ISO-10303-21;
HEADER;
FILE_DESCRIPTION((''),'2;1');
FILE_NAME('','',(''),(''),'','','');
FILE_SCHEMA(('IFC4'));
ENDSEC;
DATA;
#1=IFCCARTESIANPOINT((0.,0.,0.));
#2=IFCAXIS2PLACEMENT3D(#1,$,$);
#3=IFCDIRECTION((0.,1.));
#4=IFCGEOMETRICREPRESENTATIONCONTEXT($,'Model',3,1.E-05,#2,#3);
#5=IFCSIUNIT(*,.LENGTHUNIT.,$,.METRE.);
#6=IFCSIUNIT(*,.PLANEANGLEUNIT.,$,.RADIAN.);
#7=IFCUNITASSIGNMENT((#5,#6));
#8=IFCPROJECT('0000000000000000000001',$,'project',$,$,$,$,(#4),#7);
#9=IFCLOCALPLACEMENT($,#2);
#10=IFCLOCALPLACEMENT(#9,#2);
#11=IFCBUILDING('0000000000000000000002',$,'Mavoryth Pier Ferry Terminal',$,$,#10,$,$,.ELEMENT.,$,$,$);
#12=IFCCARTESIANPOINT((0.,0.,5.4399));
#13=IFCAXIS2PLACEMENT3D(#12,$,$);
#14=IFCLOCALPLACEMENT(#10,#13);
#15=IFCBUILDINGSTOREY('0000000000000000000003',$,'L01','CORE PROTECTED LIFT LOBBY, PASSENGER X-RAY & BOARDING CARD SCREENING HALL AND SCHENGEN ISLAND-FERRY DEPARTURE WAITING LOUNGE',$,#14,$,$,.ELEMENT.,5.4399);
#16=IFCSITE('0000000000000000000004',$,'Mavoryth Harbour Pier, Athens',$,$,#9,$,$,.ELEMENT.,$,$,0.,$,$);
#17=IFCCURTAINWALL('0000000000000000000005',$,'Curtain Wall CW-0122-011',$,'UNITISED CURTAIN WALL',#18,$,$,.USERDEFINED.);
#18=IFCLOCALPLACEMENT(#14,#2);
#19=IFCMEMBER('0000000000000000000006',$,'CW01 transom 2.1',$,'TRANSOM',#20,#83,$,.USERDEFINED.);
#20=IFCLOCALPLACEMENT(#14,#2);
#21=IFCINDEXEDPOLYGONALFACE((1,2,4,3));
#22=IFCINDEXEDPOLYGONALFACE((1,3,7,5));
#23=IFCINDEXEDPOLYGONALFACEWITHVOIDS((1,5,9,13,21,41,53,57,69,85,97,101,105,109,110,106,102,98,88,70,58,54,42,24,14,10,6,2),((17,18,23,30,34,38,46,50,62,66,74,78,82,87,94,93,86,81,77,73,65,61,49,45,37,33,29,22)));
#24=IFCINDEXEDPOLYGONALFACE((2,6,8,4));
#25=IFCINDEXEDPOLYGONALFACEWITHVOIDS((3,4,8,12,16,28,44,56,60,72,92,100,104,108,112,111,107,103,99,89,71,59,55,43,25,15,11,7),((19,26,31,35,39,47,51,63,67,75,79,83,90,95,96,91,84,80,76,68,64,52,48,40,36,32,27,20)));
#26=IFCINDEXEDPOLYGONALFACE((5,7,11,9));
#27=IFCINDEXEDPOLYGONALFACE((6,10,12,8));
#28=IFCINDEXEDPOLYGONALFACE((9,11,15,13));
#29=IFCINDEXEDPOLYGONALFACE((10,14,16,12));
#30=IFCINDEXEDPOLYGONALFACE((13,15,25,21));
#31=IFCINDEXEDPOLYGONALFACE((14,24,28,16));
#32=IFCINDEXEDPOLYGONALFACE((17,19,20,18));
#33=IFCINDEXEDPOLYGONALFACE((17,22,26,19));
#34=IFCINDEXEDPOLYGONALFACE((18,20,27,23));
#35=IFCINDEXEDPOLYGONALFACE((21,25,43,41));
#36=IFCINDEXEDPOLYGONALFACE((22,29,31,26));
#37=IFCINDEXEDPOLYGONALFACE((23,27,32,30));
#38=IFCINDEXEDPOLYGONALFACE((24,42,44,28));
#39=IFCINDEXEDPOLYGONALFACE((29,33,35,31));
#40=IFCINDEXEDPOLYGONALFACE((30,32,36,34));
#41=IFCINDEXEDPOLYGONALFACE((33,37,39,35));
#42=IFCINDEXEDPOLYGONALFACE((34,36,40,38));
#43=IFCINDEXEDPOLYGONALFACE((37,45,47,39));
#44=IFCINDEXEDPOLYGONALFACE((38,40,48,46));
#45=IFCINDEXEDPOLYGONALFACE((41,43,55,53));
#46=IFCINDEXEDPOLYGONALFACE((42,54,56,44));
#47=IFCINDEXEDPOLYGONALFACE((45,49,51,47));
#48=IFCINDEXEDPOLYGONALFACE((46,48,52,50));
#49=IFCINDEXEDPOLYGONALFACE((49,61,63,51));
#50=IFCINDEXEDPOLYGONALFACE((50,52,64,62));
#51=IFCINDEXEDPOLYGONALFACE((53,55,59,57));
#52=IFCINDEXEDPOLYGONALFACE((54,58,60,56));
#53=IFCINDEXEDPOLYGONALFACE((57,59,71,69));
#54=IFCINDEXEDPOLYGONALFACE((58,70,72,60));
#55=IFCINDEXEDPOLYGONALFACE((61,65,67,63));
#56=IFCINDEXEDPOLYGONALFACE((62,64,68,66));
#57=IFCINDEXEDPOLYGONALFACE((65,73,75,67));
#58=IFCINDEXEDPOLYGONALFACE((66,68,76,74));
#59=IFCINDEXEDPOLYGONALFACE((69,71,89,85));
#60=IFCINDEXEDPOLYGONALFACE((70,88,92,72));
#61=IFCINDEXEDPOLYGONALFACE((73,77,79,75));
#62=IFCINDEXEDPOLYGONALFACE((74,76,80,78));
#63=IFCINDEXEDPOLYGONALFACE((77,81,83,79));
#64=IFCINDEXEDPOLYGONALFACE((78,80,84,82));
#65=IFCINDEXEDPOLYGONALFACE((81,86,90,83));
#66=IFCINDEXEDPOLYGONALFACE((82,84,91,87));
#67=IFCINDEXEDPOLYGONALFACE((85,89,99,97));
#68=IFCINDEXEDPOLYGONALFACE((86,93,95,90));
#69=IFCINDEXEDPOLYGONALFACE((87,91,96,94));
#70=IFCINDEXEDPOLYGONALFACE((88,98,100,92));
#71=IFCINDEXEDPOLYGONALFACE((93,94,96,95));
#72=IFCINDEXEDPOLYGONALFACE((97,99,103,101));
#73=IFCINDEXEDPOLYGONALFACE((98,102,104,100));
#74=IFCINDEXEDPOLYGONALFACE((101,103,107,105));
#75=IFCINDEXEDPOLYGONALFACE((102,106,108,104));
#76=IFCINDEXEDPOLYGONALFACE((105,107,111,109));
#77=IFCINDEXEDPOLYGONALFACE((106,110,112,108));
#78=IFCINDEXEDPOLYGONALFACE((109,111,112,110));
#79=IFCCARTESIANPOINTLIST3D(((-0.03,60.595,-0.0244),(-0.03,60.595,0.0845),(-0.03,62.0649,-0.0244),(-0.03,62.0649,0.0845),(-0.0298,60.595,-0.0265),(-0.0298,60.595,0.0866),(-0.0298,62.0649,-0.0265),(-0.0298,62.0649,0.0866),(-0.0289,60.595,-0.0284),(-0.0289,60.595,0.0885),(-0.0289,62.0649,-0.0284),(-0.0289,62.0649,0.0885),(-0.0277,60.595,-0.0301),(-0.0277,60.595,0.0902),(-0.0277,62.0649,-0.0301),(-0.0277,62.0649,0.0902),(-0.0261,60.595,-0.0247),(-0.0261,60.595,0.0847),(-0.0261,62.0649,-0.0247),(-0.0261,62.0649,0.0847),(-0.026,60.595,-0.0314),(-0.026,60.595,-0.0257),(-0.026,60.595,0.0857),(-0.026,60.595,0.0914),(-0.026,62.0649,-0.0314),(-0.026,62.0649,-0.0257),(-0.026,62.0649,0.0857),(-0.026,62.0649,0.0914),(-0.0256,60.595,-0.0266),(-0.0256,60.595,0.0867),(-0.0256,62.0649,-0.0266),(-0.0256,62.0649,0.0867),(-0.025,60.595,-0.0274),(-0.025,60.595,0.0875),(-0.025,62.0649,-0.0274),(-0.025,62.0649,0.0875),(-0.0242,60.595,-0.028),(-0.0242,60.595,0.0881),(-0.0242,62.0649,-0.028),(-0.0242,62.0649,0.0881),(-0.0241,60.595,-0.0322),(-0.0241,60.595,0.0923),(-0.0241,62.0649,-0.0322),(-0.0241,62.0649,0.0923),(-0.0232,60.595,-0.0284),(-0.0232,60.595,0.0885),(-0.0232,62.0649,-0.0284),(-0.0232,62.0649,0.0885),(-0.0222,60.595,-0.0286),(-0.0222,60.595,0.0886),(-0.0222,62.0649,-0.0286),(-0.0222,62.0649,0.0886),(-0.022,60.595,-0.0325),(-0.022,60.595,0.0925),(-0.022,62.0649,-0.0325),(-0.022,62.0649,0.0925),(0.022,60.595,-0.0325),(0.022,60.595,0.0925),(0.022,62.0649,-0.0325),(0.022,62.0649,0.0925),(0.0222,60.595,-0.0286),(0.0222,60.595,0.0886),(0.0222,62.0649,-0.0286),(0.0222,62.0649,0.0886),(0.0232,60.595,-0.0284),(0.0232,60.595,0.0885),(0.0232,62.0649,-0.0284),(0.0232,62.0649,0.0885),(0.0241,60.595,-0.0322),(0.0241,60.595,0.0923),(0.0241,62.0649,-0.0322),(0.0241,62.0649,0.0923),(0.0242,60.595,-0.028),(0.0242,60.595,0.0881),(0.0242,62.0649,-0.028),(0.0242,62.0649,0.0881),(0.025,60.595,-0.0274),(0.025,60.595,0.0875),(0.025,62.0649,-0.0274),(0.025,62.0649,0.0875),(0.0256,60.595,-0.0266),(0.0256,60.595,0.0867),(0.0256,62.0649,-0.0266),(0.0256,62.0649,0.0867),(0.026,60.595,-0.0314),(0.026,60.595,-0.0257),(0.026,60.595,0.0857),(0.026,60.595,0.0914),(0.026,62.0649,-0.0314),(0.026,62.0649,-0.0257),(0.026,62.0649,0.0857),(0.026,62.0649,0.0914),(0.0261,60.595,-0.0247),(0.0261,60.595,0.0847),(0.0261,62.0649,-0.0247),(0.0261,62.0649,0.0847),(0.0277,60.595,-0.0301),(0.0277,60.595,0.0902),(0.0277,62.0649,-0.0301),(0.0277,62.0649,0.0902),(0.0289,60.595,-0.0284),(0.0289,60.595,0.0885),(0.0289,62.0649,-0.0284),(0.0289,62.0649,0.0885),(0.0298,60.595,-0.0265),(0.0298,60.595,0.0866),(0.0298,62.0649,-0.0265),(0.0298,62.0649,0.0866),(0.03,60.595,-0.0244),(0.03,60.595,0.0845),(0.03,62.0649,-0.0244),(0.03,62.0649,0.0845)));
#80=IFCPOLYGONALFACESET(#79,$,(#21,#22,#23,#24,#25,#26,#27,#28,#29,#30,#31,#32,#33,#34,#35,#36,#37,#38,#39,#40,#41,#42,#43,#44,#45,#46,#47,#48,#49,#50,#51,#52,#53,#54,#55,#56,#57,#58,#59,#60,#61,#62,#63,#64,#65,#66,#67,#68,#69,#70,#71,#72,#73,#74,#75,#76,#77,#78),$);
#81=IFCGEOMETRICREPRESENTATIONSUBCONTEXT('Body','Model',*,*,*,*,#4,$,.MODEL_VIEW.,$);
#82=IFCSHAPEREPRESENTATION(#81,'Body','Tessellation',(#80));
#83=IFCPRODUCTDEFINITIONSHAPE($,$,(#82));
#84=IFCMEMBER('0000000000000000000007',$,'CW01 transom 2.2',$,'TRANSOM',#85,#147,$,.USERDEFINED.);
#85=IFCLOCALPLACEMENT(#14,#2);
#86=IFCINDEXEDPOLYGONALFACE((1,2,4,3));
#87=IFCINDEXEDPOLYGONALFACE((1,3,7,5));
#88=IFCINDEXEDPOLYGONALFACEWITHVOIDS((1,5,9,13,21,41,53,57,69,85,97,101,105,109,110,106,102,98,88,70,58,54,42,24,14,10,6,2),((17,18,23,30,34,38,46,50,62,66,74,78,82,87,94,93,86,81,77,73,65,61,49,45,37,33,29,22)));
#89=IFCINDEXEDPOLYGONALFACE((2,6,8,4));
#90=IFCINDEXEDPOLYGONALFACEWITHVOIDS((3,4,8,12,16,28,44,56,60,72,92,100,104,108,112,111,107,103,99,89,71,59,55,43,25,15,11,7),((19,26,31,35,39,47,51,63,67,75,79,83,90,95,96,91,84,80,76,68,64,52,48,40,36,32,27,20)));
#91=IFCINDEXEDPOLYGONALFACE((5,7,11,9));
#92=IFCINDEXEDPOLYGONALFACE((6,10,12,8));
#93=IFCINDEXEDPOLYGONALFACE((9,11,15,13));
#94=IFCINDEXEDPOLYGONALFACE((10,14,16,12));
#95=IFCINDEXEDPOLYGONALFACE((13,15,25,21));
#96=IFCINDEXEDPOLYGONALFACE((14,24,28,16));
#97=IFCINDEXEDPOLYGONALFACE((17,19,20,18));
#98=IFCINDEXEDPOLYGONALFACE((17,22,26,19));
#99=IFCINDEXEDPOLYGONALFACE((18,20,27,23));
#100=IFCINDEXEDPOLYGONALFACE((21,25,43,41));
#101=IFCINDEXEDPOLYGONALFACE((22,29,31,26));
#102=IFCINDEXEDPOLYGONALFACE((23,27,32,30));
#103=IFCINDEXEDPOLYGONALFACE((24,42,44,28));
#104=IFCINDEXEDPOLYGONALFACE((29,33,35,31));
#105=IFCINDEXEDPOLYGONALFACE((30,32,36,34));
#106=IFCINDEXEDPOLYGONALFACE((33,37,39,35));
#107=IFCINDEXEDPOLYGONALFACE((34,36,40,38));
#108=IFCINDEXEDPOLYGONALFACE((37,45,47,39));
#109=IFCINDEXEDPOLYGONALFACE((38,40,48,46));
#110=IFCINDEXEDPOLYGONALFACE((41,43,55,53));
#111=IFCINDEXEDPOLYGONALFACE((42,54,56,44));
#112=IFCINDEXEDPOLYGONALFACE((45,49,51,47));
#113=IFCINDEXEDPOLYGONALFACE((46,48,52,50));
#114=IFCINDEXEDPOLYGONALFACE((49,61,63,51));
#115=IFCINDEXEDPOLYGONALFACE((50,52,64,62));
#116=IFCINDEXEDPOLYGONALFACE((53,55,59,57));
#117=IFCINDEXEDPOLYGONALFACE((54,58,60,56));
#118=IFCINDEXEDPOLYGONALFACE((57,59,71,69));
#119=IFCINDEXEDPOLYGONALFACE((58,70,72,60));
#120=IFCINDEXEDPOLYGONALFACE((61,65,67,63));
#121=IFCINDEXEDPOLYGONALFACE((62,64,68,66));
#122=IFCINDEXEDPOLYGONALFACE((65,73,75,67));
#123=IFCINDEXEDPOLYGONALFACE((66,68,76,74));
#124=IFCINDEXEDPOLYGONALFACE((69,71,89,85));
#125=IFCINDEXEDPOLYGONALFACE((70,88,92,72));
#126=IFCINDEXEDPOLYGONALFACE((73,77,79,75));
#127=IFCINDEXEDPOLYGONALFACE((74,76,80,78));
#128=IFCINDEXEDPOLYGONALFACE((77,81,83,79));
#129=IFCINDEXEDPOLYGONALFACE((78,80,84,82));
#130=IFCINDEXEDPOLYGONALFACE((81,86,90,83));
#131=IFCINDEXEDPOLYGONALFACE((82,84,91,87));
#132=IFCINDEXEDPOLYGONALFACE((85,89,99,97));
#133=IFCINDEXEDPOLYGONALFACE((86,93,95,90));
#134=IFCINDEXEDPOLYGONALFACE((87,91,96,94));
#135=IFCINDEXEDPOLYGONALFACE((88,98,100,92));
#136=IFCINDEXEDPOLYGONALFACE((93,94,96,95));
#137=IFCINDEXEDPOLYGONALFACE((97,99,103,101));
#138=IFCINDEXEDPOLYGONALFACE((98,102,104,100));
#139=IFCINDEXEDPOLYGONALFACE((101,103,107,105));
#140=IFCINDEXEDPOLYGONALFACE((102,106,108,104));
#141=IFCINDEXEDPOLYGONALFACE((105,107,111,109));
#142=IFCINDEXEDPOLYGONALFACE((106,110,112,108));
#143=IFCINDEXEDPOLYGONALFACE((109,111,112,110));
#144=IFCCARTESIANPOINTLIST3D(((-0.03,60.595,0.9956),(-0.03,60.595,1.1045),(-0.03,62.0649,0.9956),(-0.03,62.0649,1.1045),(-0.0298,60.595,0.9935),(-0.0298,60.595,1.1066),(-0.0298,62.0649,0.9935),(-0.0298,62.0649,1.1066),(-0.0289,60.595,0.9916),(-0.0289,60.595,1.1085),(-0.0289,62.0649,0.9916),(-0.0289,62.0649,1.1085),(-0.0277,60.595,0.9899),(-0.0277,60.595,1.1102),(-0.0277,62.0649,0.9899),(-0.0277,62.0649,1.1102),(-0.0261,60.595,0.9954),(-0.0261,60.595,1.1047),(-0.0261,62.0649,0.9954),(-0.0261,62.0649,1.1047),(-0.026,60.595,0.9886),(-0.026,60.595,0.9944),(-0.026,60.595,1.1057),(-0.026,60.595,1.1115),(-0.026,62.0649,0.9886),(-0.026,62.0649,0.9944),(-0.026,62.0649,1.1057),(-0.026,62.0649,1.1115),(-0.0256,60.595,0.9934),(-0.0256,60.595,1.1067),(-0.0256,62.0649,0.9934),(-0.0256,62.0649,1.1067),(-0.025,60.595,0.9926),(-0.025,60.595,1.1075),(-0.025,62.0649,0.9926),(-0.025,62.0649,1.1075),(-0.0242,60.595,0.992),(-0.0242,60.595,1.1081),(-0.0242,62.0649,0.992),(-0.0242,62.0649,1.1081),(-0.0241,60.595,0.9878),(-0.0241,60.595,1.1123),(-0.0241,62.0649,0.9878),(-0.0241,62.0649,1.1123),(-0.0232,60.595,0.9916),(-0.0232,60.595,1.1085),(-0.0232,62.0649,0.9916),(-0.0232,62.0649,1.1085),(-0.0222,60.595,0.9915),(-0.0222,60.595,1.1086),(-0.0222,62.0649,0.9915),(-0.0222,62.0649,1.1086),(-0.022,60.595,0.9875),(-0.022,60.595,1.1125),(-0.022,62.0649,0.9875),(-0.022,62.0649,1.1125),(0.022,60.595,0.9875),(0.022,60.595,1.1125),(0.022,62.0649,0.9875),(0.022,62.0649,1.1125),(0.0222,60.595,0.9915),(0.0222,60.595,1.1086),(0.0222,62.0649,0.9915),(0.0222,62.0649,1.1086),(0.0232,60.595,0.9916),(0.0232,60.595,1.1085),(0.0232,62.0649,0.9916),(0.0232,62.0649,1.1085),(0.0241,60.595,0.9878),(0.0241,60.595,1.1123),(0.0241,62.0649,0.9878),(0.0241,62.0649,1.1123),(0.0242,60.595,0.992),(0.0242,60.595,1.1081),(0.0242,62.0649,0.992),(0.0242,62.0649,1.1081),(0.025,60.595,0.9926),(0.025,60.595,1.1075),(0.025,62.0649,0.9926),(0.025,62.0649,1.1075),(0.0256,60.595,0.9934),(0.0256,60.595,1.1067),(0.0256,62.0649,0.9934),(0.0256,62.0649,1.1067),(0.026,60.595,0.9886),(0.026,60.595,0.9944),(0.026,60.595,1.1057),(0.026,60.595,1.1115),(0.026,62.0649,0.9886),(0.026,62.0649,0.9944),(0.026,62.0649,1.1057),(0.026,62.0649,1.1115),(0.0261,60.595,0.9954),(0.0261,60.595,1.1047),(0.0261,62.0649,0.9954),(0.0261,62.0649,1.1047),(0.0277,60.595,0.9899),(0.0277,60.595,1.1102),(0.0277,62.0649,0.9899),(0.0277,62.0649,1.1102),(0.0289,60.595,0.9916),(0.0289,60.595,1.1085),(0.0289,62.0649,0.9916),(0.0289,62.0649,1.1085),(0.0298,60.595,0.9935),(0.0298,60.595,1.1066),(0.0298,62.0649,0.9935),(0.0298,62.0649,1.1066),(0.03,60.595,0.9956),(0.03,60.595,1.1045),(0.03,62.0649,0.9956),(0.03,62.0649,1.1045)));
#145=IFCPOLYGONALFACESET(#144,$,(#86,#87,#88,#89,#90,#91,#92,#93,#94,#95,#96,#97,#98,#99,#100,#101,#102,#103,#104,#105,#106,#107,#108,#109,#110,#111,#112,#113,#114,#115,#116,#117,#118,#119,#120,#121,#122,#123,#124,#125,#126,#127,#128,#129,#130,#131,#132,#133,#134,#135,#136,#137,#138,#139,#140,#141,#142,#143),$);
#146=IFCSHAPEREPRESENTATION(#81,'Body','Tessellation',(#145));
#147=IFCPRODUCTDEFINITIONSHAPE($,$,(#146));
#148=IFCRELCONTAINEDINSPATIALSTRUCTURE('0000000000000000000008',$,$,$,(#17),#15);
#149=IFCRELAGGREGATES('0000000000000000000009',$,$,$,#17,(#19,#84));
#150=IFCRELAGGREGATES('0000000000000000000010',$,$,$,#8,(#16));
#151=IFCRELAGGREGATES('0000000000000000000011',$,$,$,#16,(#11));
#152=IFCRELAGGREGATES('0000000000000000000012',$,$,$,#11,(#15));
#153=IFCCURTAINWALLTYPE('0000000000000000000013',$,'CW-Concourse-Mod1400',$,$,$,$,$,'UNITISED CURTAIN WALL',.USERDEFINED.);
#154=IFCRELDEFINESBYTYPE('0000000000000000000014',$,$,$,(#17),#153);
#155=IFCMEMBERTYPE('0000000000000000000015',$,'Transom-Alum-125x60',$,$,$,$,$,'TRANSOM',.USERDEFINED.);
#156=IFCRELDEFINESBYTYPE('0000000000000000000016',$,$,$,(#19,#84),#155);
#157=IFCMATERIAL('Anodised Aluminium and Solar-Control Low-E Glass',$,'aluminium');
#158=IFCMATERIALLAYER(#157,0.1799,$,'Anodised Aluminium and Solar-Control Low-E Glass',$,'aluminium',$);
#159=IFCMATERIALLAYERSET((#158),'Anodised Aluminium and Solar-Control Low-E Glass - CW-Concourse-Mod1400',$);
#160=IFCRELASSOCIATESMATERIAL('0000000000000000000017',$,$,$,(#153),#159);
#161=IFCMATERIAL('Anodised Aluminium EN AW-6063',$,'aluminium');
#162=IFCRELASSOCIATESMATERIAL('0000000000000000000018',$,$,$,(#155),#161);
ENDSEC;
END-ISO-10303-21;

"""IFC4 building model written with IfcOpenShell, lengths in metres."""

from ifc_helpers import new_model, si_unit, direction, frame, origin, origin_2d, place, context, subcontext, project, spatial, hollow_rectangle, extrude, material, layer, layer_set, material_profile, profile_set, type_object, element, aggregate, save


model = new_model("IFC4")

# Units and contexts
model_context = context("Model", 3, precision=1e-05, world=origin(), true_north=direction((0.0, 1.0)))
body_context = subcontext(model_context, "Body", "Model", "MODEL_VIEW")
ifc_project = project(units=[si_unit("LENGTHUNIT", "METRE"), si_unit("PLANEANGLEUNIT", "RADIAN")], contexts=[model_context])

# Site, building, storey
site_placement = place(None, origin())
site = spatial("IfcSite", under=ifc_project, at=site_placement, Name="Mavoryth Harbour Pier, Athens", CompositionType="ELEMENT", RefElevation=0.0)
building_placement = place(site_placement, origin())
building = spatial("IfcBuilding", under=site, at=building_placement, Name="Mavoryth Pier Ferry Terminal", CompositionType="ELEMENT")
storey_placement = place(building_placement, frame((0.0, 0.0, 5.4399)))
storey = spatial("IfcBuildingStorey", under=building, at=storey_placement, Name="L01", Description="CORE PROTECTED LIFT LOBBY, PASSENGER X-RAY & BOARDING CARD SCREENING HALL AND SCHENGEN ISLAND-FERRY DEPARTURE WAITING LOUNGE", CompositionType="ELEMENT", Elevation=5.4399)

# Curtain wall, members
ifc_material_1 = material(Name="Anodised Aluminium and Solar-Control Low-E Glass", Category="aluminium")
ifc_layer_1 = layer(ifc_material_1, 0.1799, Name="Anodised Aluminium and Solar-Control Low-E Glass", Category="aluminium")
ifc_layer_set_1 = layer_set([ifc_layer_1], Name="Anodised Aluminium and Solar-Control Low-E Glass - CW-Concourse-Mod1400")
curtain_wall_type = type_object("IfcCurtainWallType", Name="CW-Concourse-Mod1400", ElementType="UNITISED CURTAIN WALL", PredefinedType="USERDEFINED", material=ifc_layer_set_1)
curtain_wall_placement = place(storey_placement, origin())
curtain_wall = element("IfcCurtainWall", 1, at=curtain_wall_placement, inside=storey, type_object=curtain_wall_type, Name="Curtain Wall CW-0122-011", ObjectType="UNITISED CURTAIN WALL", PredefinedType="USERDEFINED")
ifc_material_2 = material(Name="Anodised Aluminium EN AW-6063", Category="aluminium")
ifc_material_profile_1 = material_profile(ifc_material_2, hollow_rectangle(XDim=0.0601, YDim=0.125, WallThickness=0.0039, InnerFilletRadius=0.0039, OuterFilletRadius=0.0081, at=origin_2d()), Name="AL-TRAN 125x60x4", Category="aluminium")
ifc_profile_set_1 = profile_set([ifc_material_profile_1], Name="Anodised Aluminium EN AW-6063 - AL-TRAN 125x60x4")
member_type_1 = type_object("IfcMemberType", Name="Transom-Alum-125x60", ElementType="TRANSOM", PredefinedType="USERDEFINED", material=ifc_profile_set_1)
member_1_placement = place(storey_placement, frame((0.0, 62.0649, 0.03), z_axis=(0.0, -1.0, 0.0), x_axis=(1.0, 0.0, 0.0)))
member_1 = element("IfcMember", 2, at=member_1_placement, type_object=member_type_1, Name="CW01 transom 2.1", ObjectType="TRANSOM", PredefinedType="USERDEFINED", context=body_context, shape_type="SweptSolid", body=[
    extrude(hollow_rectangle(XDim=0.0601, YDim=0.125, WallThickness=0.0039, InnerFilletRadius=0.0039, OuterFilletRadius=0.0081, at=origin_2d()), origin(), (0.0, 0.0, 1.0), 1.47),
])
member_2_placement = place(storey_placement, frame((0.0, 62.0649, 1.05), z_axis=(0.0, -1.0, 0.0), x_axis=(1.0, 0.0, 0.0)))
member_2 = element("IfcMember", 3, at=member_2_placement, type_object=member_type_1, Name="CW01 transom 2.2", ObjectType="TRANSOM", PredefinedType="USERDEFINED", context=body_context, shape_type="SweptSolid", body=[
    extrude(hollow_rectangle(XDim=0.0601, YDim=0.125, WallThickness=0.0039, InnerFilletRadius=0.0039, OuterFilletRadius=0.0081, at=origin_2d()), origin(), (0.0, 0.0, 1.0), 1.47),
])
aggregate(curtain_wall, [member_1, member_2])

save(model, "model.ifc")
